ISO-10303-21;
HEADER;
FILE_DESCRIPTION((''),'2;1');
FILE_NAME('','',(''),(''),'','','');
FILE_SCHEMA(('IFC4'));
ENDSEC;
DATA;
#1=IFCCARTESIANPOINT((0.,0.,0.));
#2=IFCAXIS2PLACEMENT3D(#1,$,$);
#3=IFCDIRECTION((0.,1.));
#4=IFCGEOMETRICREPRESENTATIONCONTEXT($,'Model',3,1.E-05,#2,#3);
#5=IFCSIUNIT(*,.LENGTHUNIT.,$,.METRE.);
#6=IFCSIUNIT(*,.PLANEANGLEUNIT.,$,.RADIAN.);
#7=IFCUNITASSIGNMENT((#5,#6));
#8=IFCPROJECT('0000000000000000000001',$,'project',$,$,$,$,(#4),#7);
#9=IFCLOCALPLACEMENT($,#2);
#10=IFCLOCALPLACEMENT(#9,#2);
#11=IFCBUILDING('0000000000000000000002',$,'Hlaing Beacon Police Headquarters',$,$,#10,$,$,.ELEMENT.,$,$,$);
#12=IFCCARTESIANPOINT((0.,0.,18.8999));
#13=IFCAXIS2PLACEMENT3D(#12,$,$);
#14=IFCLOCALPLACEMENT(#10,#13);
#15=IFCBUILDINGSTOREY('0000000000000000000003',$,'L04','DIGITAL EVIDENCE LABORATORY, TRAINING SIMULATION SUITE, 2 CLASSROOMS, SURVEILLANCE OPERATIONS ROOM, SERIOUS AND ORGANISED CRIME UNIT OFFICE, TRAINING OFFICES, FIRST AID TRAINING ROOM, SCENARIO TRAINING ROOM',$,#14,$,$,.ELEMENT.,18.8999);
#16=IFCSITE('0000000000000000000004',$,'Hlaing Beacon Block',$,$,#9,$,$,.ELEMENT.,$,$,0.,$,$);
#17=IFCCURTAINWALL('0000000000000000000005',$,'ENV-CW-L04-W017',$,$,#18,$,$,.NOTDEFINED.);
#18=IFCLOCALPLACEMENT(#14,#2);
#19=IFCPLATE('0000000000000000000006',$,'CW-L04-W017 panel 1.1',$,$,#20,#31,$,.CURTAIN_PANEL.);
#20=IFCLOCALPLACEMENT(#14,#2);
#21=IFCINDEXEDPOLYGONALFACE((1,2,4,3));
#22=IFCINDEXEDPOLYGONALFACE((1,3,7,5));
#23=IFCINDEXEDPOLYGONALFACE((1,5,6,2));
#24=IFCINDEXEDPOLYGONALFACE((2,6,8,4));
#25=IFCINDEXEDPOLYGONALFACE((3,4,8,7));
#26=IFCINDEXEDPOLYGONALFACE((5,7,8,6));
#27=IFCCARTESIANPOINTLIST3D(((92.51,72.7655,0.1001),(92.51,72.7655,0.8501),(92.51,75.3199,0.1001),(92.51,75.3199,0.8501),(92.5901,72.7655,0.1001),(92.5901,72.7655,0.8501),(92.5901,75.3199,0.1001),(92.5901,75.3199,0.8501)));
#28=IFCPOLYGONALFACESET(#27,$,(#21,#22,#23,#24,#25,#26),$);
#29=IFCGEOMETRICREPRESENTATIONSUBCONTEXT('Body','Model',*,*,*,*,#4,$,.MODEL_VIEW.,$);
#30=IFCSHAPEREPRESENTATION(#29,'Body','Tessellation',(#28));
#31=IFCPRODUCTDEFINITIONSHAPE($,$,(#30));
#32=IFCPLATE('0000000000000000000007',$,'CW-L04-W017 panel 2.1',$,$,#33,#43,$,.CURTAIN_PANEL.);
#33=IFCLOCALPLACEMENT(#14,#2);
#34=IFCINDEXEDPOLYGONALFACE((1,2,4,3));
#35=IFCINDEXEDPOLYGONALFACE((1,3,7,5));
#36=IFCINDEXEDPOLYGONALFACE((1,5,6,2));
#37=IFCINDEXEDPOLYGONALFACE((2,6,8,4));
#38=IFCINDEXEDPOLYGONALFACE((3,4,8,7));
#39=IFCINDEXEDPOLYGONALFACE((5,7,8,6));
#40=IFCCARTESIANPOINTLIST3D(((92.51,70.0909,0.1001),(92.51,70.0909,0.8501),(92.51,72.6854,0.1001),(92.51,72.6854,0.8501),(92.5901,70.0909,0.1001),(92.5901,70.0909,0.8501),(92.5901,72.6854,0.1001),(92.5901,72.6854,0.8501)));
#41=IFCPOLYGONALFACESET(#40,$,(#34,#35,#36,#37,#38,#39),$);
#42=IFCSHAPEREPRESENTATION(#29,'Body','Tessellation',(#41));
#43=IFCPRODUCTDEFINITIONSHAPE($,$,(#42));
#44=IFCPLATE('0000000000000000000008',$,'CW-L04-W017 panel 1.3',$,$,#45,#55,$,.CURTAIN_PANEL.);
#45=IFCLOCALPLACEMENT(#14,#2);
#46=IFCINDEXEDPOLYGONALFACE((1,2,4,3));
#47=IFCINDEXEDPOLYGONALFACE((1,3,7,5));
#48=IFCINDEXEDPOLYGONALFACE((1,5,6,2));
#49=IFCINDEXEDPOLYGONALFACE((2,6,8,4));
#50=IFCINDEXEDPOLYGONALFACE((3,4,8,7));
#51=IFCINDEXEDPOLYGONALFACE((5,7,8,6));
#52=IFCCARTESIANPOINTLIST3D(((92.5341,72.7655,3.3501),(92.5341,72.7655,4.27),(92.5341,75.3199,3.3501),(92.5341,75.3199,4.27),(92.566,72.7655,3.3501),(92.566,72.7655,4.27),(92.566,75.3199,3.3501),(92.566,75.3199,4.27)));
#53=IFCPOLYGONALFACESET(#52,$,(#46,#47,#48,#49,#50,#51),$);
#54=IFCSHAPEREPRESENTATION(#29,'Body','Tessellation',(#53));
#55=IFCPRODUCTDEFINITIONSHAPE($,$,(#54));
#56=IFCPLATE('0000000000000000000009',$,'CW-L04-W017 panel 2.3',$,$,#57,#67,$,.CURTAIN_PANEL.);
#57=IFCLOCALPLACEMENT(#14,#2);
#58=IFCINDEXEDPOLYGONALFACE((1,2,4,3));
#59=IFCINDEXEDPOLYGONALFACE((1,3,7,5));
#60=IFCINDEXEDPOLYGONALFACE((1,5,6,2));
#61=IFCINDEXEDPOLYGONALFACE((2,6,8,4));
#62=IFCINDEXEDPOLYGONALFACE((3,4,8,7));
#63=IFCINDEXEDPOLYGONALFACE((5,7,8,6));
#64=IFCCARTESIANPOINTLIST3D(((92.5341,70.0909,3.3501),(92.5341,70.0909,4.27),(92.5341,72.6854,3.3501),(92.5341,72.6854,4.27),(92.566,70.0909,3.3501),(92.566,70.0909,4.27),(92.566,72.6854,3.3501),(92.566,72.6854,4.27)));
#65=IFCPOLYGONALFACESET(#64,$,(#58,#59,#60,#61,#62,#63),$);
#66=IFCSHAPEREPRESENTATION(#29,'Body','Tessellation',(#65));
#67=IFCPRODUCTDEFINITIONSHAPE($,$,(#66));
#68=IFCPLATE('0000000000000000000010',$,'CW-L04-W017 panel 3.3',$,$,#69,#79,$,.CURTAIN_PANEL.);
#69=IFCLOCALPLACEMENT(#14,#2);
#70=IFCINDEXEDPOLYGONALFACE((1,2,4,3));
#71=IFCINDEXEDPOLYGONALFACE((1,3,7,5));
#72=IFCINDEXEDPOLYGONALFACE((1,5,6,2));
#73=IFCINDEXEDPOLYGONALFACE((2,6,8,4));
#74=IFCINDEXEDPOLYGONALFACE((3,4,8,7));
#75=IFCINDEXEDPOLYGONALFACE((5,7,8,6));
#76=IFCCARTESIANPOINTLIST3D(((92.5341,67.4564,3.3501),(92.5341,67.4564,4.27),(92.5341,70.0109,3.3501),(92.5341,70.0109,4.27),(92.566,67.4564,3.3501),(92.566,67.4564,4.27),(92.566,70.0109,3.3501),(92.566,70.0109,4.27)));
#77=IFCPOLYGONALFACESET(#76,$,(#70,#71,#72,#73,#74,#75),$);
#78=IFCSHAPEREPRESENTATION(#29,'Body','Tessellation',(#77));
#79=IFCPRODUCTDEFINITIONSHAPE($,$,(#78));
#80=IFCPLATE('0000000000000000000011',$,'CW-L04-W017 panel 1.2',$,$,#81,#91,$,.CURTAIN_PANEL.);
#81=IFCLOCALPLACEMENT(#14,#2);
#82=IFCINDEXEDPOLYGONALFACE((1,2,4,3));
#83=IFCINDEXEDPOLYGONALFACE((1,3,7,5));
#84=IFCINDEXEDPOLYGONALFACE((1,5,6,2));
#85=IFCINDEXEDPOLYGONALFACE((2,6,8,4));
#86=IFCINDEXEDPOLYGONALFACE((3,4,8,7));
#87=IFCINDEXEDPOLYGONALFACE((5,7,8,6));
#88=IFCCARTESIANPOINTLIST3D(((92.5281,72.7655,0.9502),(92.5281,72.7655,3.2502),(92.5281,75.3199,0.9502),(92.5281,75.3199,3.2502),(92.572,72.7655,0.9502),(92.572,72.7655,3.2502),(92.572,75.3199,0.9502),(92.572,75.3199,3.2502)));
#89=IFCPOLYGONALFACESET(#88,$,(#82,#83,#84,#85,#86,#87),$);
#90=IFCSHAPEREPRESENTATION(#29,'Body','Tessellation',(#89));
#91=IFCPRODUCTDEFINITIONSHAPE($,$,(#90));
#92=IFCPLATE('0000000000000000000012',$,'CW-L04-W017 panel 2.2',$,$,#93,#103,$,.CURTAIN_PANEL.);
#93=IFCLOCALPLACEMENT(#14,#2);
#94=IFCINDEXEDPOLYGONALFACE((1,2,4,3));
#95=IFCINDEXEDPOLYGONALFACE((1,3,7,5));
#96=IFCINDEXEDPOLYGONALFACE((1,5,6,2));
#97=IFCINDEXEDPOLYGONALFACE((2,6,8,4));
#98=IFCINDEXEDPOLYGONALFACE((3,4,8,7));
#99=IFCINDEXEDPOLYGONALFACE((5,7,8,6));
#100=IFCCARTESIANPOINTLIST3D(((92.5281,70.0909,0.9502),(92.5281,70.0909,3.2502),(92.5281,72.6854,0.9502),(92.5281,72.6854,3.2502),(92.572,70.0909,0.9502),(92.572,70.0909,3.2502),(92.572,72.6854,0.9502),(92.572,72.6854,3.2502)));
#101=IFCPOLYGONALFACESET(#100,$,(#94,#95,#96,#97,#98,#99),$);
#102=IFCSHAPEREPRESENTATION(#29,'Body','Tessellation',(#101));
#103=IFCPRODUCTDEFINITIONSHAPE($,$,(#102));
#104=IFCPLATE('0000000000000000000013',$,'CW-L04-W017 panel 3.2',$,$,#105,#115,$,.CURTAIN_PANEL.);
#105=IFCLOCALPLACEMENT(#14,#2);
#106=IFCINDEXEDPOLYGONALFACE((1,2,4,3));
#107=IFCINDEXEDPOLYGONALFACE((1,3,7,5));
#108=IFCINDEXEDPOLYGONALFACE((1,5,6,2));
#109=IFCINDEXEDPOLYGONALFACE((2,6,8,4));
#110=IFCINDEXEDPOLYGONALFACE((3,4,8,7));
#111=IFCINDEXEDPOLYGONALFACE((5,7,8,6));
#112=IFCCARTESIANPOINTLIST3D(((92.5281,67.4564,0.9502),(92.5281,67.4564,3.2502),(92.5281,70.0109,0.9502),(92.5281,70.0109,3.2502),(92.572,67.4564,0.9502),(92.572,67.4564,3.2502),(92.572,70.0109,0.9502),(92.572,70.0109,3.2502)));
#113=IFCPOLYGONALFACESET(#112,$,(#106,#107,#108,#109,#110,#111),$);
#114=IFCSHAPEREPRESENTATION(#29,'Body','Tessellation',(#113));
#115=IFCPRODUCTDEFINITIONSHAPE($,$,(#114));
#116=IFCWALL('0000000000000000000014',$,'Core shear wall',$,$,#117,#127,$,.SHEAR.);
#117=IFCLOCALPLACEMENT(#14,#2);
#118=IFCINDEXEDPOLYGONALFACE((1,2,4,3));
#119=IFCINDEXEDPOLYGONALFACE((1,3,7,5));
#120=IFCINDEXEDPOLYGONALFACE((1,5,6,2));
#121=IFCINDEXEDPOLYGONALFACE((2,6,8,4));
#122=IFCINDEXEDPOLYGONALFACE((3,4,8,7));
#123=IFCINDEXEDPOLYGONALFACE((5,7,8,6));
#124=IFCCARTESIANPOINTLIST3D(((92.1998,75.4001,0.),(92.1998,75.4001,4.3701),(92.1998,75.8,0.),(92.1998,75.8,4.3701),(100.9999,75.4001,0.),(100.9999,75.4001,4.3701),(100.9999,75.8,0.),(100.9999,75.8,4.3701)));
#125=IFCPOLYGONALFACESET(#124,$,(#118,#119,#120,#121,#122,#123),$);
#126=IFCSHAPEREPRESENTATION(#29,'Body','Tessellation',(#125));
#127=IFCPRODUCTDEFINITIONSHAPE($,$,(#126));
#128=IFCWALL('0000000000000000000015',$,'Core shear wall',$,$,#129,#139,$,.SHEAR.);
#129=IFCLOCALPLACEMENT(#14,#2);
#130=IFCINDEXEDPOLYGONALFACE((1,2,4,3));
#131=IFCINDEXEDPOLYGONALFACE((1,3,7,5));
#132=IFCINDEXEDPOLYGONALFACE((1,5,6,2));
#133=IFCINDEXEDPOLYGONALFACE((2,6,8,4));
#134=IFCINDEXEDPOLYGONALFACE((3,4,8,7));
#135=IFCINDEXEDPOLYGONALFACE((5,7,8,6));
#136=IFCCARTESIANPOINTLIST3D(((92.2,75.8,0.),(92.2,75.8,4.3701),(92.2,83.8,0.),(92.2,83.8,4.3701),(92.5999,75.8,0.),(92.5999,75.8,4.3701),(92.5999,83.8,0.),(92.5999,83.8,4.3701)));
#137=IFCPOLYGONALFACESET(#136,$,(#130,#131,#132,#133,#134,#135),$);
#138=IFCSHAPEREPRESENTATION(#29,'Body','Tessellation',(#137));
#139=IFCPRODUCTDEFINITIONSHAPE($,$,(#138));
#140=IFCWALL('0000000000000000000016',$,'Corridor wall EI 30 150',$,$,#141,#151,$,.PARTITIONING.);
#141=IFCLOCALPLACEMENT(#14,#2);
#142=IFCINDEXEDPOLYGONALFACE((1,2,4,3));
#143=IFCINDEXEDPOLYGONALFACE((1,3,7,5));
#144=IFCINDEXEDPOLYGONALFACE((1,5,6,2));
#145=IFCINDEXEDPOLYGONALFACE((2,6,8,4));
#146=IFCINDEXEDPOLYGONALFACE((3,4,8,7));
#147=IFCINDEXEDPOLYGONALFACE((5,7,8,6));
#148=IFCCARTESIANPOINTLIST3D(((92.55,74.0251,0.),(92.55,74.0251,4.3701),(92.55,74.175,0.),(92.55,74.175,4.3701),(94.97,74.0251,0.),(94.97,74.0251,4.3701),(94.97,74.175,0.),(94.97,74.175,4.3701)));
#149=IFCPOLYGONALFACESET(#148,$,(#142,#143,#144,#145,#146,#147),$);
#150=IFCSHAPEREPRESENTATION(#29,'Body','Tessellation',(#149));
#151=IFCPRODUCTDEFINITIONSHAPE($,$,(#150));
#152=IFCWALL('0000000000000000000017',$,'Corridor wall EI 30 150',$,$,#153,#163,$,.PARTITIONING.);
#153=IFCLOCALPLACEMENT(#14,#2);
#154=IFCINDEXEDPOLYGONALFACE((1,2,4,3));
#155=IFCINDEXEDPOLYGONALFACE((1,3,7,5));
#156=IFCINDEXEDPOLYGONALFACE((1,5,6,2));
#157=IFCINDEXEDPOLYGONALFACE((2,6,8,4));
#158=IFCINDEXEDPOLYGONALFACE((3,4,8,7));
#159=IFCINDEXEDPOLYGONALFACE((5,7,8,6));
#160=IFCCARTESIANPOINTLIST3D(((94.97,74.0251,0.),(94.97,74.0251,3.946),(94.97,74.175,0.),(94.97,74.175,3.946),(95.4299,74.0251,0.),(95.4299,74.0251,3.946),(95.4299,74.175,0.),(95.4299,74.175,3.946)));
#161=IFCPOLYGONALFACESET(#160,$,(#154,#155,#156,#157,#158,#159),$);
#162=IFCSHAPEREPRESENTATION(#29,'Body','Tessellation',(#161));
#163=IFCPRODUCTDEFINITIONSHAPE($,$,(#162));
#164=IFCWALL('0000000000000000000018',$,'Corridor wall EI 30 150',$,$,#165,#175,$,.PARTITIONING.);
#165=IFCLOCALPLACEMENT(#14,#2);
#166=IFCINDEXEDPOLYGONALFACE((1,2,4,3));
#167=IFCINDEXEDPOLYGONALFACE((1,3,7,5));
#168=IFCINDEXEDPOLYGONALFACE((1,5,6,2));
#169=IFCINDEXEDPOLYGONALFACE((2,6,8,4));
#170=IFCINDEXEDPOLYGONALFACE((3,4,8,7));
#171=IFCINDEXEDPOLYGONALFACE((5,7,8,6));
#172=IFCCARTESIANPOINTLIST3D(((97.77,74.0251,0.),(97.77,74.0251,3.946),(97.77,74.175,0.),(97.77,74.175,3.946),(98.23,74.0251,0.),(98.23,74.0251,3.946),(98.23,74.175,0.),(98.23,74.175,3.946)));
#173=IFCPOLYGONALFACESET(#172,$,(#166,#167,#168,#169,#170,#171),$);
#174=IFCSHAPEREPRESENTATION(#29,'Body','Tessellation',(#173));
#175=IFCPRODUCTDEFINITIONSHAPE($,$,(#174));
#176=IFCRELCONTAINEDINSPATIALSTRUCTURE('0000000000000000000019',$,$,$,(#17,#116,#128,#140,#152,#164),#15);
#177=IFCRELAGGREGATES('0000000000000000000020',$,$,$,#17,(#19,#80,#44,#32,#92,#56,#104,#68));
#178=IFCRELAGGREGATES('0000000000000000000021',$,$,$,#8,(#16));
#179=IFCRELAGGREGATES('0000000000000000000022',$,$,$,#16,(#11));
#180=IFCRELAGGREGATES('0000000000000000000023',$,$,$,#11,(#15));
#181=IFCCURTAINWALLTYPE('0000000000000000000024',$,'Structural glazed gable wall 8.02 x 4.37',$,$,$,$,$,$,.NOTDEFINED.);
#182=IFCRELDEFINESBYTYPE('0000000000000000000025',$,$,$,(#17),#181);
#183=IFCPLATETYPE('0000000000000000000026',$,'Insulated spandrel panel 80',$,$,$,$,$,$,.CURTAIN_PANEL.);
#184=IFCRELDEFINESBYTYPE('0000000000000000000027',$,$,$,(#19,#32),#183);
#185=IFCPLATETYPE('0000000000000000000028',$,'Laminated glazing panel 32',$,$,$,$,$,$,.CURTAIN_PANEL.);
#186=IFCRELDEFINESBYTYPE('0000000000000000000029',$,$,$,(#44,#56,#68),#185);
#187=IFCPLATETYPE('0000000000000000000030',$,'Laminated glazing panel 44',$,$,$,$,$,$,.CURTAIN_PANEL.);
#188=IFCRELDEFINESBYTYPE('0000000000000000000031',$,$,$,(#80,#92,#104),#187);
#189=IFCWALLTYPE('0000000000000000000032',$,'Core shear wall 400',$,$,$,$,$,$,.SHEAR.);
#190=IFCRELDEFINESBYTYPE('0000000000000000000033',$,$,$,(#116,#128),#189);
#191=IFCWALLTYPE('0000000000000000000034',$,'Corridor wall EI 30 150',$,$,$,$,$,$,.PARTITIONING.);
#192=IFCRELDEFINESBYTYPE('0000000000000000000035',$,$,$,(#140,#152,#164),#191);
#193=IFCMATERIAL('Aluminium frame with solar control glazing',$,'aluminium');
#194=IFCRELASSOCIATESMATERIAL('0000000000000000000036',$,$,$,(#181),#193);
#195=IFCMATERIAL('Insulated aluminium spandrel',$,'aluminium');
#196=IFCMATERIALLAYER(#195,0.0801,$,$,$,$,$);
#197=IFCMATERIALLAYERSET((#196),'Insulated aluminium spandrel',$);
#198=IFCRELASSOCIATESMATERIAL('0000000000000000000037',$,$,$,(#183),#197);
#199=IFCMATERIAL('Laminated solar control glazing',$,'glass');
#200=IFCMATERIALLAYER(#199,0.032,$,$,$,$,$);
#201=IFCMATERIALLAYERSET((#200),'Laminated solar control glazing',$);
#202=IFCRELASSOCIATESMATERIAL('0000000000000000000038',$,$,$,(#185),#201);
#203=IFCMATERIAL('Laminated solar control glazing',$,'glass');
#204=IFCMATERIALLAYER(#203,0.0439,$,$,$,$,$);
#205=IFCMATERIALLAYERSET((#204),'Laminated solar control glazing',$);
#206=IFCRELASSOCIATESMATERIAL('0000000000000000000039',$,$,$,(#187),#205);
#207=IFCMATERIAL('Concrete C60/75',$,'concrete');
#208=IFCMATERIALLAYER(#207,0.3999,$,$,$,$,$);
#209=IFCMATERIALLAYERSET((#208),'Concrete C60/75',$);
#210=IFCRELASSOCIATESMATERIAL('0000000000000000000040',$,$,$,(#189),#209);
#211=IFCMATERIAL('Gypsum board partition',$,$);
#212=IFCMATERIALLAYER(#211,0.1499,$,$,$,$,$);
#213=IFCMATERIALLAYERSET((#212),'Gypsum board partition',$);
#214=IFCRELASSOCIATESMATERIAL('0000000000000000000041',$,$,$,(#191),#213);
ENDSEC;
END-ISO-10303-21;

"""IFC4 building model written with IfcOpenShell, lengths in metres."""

from ifc_helpers import new_model, si_unit, direction, frame, frame_2d, origin, origin_2d, place, context, subcontext, project, spatial, rectangle, extrude, material, layer, layer_set, type_object, element, aggregate, save


model = new_model("IFC4")

# Units and contexts
model_context = context("Model", 3, precision=1e-05, world=origin(), true_north=direction((0.0, 1.0)))
body_context = subcontext(model_context, "Body", "Model", "MODEL_VIEW")
ifc_project = project(units=[si_unit("LENGTHUNIT", "METRE"), si_unit("PLANEANGLEUNIT", "RADIAN")], contexts=[model_context])

# Site, building, storey
site_placement = place(None, origin())
site = spatial("IfcSite", under=ifc_project, at=site_placement, Name="Hlaing Beacon Block", CompositionType="ELEMENT", RefElevation=0.0)
building_placement = place(site_placement, origin())
building = spatial("IfcBuilding", under=site, at=building_placement, Name="Hlaing Beacon Police Headquarters", CompositionType="ELEMENT")
storey_placement = place(building_placement, frame((0.0, 0.0, 18.8999)))
storey = spatial("IfcBuildingStorey", under=building, at=storey_placement, Name="L04", Description="DIGITAL EVIDENCE LABORATORY, TRAINING SIMULATION SUITE, 2 CLASSROOMS, SURVEILLANCE OPERATIONS ROOM, SERIOUS AND ORGANISED CRIME UNIT OFFICE, TRAINING OFFICES, FIRST AID TRAINING ROOM, SCENARIO TRAINING ROOM", CompositionType="ELEMENT", Elevation=18.8999)

# Curtain wall, plates
ifc_material_1 = material(Name="Aluminium frame with solar control glazing", Category="aluminium")
curtain_wall_type = type_object("IfcCurtainWallType", Name="Structural glazed gable wall 8.02 x 4.37", PredefinedType="NOTDEFINED", material=ifc_material_1)
curtain_wall_placement = place(storey_placement, origin())
curtain_wall = element("IfcCurtainWall", 1, at=curtain_wall_placement, inside=storey, type_object=curtain_wall_type, Name="ENV-CW-L04-W017", PredefinedType="NOTDEFINED")
ifc_material_2 = material(Name="Insulated aluminium spandrel", Category="aluminium")
ifc_layer_1 = layer(ifc_material_2, 0.0801)
ifc_layer_set_1 = layer_set([ifc_layer_1], Name="Insulated aluminium spandrel")
plate_type_1 = type_object("IfcPlateType", Name="Insulated spandrel panel 80", PredefinedType="CURTAIN_PANEL", material=ifc_layer_set_1)
plate_1_placement = place(storey_placement, frame((92.55, 74.0427, 0.1001), z_axis=(0.0, 0.0, 1.0), x_axis=(0.0, -1.0, 0.0)))
plate_1 = element("IfcPlate", 2, at=plate_1_placement, type_object=plate_type_1, Name="CW-L04-W017 panel 1.1", PredefinedType="CURTAIN_PANEL", context=body_context, shape_type="SweptSolid", body=[
    extrude(rectangle(XDim=2.5544, YDim=0.0801, at=origin_2d()), origin(), (0.0, 0.0, 1.0), 0.75),
])
plate_2_placement = place(storey_placement, frame((92.55, 71.3882, 0.1001), z_axis=(0.0, 0.0, 1.0), x_axis=(0.0, -1.0, 0.0)))
plate_2 = element("IfcPlate", 3, at=plate_2_placement, type_object=plate_type_1, Name="CW-L04-W017 panel 2.1", PredefinedType="CURTAIN_PANEL", context=body_context, shape_type="SweptSolid", body=[
    extrude(rectangle(XDim=2.5945, YDim=0.0801, at=origin_2d()), origin(), (0.0, 0.0, 1.0), 0.75),
])
ifc_material_3 = material(Name="Laminated solar control glazing", Category="glass")
ifc_layer_2 = layer(ifc_material_3, 0.032)
ifc_layer_set_2 = layer_set([ifc_layer_2], Name="Laminated solar control glazing")
plate_type_2 = type_object("IfcPlateType", Name="Laminated glazing panel 32", PredefinedType="CURTAIN_PANEL", material=ifc_layer_set_2)
plate_3_placement = place(storey_placement, frame((92.55, 74.0427, 3.3501), z_axis=(0.0, 0.0, 1.0), x_axis=(0.0, -1.0, 0.0)))
plate_3 = element("IfcPlate", 4, at=plate_3_placement, type_object=plate_type_2, Name="CW-L04-W017 panel 1.3", PredefinedType="CURTAIN_PANEL", context=body_context, shape_type="SweptSolid", body=[
    extrude(rectangle(XDim=2.5544, YDim=0.032, at=origin_2d()), origin(), (0.0, 0.0, 1.0), 0.9199),
])
plate_4_placement = place(storey_placement, frame((92.55, 71.3882, 3.3501), z_axis=(0.0, 0.0, 1.0), x_axis=(0.0, -1.0, 0.0)))
plate_4 = element("IfcPlate", 5, at=plate_4_placement, type_object=plate_type_2, Name="CW-L04-W017 panel 2.3", PredefinedType="CURTAIN_PANEL", context=body_context, shape_type="SweptSolid", body=[
    extrude(rectangle(XDim=2.5945, YDim=0.032, at=origin_2d()), origin(), (0.0, 0.0, 1.0), 0.9199),
])
plate_5_placement = place(storey_placement, frame((92.55, 68.7336, 3.3501), z_axis=(0.0, 0.0, 1.0), x_axis=(0.0, -1.0, 0.0)))
plate_5 = element("IfcPlate", 6, at=plate_5_placement, type_object=plate_type_2, Name="CW-L04-W017 panel 3.3", PredefinedType="CURTAIN_PANEL", context=body_context, shape_type="SweptSolid", body=[
    extrude(rectangle(XDim=2.5544, YDim=0.032, at=origin_2d()), origin(), (0.0, 0.0, 1.0), 0.9199),
])
ifc_material_4 = material(Name="Laminated solar control glazing", Category="glass")
ifc_layer_3 = layer(ifc_material_4, 0.0439)
ifc_layer_set_3 = layer_set([ifc_layer_3], Name="Laminated solar control glazing")
plate_type_3 = type_object("IfcPlateType", Name="Laminated glazing panel 44", PredefinedType="CURTAIN_PANEL", material=ifc_layer_set_3)
plate_6_placement = place(storey_placement, frame((92.55, 74.0427, 0.9502), z_axis=(0.0, 0.0, 1.0), x_axis=(0.0, -1.0, 0.0)))
plate_6 = element("IfcPlate", 7, at=plate_6_placement, type_object=plate_type_3, Name="CW-L04-W017 panel 1.2", PredefinedType="CURTAIN_PANEL", context=body_context, shape_type="SweptSolid", body=[
    extrude(rectangle(XDim=2.5544, YDim=0.0439, at=origin_2d()), origin(), (0.0, 0.0, 1.0), 2.3),
])
plate_7_placement = place(storey_placement, frame((92.55, 71.3882, 0.9502), z_axis=(0.0, 0.0, 1.0), x_axis=(0.0, -1.0, 0.0)))
plate_7 = element("IfcPlate", 8, at=plate_7_placement, type_object=plate_type_3, Name="CW-L04-W017 panel 2.2", PredefinedType="CURTAIN_PANEL", context=body_context, shape_type="SweptSolid", body=[
    extrude(rectangle(XDim=2.5945, YDim=0.0439, at=origin_2d()), origin(), (0.0, 0.0, 1.0), 2.3),
])
plate_8_placement = place(storey_placement, frame((92.55, 68.7336, 0.9502), z_axis=(0.0, 0.0, 1.0), x_axis=(0.0, -1.0, 0.0)))
plate_8 = element("IfcPlate", 9, at=plate_8_placement, type_object=plate_type_3, Name="CW-L04-W017 panel 3.2", PredefinedType="CURTAIN_PANEL", context=body_context, shape_type="SweptSolid", body=[
    extrude(rectangle(XDim=2.5544, YDim=0.0439, at=origin_2d()), origin(), (0.0, 0.0, 1.0), 2.3),
])
aggregate(curtain_wall, [plate_1, plate_6, plate_3, plate_2, plate_7, plate_4, plate_8, plate_5])

# Walls
ifc_material_5 = material(Name="Concrete C60/75", Category="concrete")
ifc_layer_4 = layer(ifc_material_5, 0.3999)
ifc_layer_set_4 = layer_set([ifc_layer_4], Name="Concrete C60/75")
wall_type_1 = type_object("IfcWallType", Name="Core shear wall 400", PredefinedType="SHEAR", material=ifc_layer_set_4)
wall_1_placement = place(storey_placement, frame((92.2, 75.6001, 0.0), z_axis=(0.0, 0.0, 1.0), x_axis=(1.0, 0.0, 0.0)))
element("IfcWall", 10, at=wall_1_placement, inside=storey, type_object=wall_type_1, Name="Core shear wall", PredefinedType="SHEAR", context=body_context, shape_type="SweptSolid", body=[
    extrude(rectangle(XDim=8.8, YDim=0.3999, at=frame_2d((4.3999, 0.0))), origin(), (0.0, 0.0, 1.0), 4.3701),
])
wall_2_placement = place(storey_placement, frame((92.3999, 75.8, 0.0), z_axis=(0.0, 0.0, 1.0), x_axis=(0.0, 1.0, 0.0)))
element("IfcWall", 11, at=wall_2_placement, inside=storey, type_object=wall_type_1, Name="Core shear wall", PredefinedType="SHEAR", context=body_context, shape_type="SweptSolid", body=[
    extrude(rectangle(XDim=8.0, YDim=0.3999, at=frame_2d((4.0, 0.0))), origin(), (0.0, 0.0, 1.0), 4.3701),
])
ifc_material_6 = material(Name="Gypsum board partition")
ifc_layer_5 = layer(ifc_material_6, 0.1499)
ifc_layer_set_5 = layer_set([ifc_layer_5], Name="Gypsum board partition")
wall_type_2 = type_object("IfcWallType", Name="Corridor wall EI 30 150", PredefinedType="PARTITIONING", material=ifc_layer_set_5)
wall_3_placement = place(storey_placement, frame((92.55, 74.1001, 0.0), z_axis=(0.0, 0.0, 1.0), x_axis=(1.0, 0.0, 0.0)))
element("IfcWall", 12, at=wall_3_placement, inside=storey, type_object=wall_type_2, Name="Corridor wall EI 30 150", PredefinedType="PARTITIONING", context=body_context, shape_type="SweptSolid", body=[
    extrude(rectangle(XDim=2.4199, YDim=0.1499, at=frame_2d((1.21, 0.0))), origin(), (0.0, 0.0, 1.0), 4.3701),
])
wall_4_placement = place(storey_placement, frame((94.97, 74.1001, 0.0), z_axis=(0.0, 0.0, 1.0), x_axis=(1.0, 0.0, 0.0)))
element("IfcWall", 13, at=wall_4_placement, inside=storey, type_object=wall_type_2, Name="Corridor wall EI 30 150", PredefinedType="PARTITIONING", context=body_context, shape_type="SweptSolid", body=[
    extrude(rectangle(XDim=0.46, YDim=0.1499, at=frame_2d((0.23, 0.0))), origin(), (0.0, 0.0, 1.0), 3.946),
])

# Wall
wall_5_placement = place(storey_placement, frame((97.77, 74.1001, 0.0), z_axis=(0.0, 0.0, 1.0), x_axis=(1.0, 0.0, 0.0)))
element("IfcWall", 14, at=wall_5_placement, inside=storey, type_object=wall_type_2, Name="Corridor wall EI 30 150", PredefinedType="PARTITIONING", context=body_context, shape_type="SweptSolid", body=[
    extrude(rectangle(XDim=0.46, YDim=0.1499, at=frame_2d((0.23, 0.0))), origin(), (0.0, 0.0, 1.0), 3.946),
])

save(model, "model.ifc")
